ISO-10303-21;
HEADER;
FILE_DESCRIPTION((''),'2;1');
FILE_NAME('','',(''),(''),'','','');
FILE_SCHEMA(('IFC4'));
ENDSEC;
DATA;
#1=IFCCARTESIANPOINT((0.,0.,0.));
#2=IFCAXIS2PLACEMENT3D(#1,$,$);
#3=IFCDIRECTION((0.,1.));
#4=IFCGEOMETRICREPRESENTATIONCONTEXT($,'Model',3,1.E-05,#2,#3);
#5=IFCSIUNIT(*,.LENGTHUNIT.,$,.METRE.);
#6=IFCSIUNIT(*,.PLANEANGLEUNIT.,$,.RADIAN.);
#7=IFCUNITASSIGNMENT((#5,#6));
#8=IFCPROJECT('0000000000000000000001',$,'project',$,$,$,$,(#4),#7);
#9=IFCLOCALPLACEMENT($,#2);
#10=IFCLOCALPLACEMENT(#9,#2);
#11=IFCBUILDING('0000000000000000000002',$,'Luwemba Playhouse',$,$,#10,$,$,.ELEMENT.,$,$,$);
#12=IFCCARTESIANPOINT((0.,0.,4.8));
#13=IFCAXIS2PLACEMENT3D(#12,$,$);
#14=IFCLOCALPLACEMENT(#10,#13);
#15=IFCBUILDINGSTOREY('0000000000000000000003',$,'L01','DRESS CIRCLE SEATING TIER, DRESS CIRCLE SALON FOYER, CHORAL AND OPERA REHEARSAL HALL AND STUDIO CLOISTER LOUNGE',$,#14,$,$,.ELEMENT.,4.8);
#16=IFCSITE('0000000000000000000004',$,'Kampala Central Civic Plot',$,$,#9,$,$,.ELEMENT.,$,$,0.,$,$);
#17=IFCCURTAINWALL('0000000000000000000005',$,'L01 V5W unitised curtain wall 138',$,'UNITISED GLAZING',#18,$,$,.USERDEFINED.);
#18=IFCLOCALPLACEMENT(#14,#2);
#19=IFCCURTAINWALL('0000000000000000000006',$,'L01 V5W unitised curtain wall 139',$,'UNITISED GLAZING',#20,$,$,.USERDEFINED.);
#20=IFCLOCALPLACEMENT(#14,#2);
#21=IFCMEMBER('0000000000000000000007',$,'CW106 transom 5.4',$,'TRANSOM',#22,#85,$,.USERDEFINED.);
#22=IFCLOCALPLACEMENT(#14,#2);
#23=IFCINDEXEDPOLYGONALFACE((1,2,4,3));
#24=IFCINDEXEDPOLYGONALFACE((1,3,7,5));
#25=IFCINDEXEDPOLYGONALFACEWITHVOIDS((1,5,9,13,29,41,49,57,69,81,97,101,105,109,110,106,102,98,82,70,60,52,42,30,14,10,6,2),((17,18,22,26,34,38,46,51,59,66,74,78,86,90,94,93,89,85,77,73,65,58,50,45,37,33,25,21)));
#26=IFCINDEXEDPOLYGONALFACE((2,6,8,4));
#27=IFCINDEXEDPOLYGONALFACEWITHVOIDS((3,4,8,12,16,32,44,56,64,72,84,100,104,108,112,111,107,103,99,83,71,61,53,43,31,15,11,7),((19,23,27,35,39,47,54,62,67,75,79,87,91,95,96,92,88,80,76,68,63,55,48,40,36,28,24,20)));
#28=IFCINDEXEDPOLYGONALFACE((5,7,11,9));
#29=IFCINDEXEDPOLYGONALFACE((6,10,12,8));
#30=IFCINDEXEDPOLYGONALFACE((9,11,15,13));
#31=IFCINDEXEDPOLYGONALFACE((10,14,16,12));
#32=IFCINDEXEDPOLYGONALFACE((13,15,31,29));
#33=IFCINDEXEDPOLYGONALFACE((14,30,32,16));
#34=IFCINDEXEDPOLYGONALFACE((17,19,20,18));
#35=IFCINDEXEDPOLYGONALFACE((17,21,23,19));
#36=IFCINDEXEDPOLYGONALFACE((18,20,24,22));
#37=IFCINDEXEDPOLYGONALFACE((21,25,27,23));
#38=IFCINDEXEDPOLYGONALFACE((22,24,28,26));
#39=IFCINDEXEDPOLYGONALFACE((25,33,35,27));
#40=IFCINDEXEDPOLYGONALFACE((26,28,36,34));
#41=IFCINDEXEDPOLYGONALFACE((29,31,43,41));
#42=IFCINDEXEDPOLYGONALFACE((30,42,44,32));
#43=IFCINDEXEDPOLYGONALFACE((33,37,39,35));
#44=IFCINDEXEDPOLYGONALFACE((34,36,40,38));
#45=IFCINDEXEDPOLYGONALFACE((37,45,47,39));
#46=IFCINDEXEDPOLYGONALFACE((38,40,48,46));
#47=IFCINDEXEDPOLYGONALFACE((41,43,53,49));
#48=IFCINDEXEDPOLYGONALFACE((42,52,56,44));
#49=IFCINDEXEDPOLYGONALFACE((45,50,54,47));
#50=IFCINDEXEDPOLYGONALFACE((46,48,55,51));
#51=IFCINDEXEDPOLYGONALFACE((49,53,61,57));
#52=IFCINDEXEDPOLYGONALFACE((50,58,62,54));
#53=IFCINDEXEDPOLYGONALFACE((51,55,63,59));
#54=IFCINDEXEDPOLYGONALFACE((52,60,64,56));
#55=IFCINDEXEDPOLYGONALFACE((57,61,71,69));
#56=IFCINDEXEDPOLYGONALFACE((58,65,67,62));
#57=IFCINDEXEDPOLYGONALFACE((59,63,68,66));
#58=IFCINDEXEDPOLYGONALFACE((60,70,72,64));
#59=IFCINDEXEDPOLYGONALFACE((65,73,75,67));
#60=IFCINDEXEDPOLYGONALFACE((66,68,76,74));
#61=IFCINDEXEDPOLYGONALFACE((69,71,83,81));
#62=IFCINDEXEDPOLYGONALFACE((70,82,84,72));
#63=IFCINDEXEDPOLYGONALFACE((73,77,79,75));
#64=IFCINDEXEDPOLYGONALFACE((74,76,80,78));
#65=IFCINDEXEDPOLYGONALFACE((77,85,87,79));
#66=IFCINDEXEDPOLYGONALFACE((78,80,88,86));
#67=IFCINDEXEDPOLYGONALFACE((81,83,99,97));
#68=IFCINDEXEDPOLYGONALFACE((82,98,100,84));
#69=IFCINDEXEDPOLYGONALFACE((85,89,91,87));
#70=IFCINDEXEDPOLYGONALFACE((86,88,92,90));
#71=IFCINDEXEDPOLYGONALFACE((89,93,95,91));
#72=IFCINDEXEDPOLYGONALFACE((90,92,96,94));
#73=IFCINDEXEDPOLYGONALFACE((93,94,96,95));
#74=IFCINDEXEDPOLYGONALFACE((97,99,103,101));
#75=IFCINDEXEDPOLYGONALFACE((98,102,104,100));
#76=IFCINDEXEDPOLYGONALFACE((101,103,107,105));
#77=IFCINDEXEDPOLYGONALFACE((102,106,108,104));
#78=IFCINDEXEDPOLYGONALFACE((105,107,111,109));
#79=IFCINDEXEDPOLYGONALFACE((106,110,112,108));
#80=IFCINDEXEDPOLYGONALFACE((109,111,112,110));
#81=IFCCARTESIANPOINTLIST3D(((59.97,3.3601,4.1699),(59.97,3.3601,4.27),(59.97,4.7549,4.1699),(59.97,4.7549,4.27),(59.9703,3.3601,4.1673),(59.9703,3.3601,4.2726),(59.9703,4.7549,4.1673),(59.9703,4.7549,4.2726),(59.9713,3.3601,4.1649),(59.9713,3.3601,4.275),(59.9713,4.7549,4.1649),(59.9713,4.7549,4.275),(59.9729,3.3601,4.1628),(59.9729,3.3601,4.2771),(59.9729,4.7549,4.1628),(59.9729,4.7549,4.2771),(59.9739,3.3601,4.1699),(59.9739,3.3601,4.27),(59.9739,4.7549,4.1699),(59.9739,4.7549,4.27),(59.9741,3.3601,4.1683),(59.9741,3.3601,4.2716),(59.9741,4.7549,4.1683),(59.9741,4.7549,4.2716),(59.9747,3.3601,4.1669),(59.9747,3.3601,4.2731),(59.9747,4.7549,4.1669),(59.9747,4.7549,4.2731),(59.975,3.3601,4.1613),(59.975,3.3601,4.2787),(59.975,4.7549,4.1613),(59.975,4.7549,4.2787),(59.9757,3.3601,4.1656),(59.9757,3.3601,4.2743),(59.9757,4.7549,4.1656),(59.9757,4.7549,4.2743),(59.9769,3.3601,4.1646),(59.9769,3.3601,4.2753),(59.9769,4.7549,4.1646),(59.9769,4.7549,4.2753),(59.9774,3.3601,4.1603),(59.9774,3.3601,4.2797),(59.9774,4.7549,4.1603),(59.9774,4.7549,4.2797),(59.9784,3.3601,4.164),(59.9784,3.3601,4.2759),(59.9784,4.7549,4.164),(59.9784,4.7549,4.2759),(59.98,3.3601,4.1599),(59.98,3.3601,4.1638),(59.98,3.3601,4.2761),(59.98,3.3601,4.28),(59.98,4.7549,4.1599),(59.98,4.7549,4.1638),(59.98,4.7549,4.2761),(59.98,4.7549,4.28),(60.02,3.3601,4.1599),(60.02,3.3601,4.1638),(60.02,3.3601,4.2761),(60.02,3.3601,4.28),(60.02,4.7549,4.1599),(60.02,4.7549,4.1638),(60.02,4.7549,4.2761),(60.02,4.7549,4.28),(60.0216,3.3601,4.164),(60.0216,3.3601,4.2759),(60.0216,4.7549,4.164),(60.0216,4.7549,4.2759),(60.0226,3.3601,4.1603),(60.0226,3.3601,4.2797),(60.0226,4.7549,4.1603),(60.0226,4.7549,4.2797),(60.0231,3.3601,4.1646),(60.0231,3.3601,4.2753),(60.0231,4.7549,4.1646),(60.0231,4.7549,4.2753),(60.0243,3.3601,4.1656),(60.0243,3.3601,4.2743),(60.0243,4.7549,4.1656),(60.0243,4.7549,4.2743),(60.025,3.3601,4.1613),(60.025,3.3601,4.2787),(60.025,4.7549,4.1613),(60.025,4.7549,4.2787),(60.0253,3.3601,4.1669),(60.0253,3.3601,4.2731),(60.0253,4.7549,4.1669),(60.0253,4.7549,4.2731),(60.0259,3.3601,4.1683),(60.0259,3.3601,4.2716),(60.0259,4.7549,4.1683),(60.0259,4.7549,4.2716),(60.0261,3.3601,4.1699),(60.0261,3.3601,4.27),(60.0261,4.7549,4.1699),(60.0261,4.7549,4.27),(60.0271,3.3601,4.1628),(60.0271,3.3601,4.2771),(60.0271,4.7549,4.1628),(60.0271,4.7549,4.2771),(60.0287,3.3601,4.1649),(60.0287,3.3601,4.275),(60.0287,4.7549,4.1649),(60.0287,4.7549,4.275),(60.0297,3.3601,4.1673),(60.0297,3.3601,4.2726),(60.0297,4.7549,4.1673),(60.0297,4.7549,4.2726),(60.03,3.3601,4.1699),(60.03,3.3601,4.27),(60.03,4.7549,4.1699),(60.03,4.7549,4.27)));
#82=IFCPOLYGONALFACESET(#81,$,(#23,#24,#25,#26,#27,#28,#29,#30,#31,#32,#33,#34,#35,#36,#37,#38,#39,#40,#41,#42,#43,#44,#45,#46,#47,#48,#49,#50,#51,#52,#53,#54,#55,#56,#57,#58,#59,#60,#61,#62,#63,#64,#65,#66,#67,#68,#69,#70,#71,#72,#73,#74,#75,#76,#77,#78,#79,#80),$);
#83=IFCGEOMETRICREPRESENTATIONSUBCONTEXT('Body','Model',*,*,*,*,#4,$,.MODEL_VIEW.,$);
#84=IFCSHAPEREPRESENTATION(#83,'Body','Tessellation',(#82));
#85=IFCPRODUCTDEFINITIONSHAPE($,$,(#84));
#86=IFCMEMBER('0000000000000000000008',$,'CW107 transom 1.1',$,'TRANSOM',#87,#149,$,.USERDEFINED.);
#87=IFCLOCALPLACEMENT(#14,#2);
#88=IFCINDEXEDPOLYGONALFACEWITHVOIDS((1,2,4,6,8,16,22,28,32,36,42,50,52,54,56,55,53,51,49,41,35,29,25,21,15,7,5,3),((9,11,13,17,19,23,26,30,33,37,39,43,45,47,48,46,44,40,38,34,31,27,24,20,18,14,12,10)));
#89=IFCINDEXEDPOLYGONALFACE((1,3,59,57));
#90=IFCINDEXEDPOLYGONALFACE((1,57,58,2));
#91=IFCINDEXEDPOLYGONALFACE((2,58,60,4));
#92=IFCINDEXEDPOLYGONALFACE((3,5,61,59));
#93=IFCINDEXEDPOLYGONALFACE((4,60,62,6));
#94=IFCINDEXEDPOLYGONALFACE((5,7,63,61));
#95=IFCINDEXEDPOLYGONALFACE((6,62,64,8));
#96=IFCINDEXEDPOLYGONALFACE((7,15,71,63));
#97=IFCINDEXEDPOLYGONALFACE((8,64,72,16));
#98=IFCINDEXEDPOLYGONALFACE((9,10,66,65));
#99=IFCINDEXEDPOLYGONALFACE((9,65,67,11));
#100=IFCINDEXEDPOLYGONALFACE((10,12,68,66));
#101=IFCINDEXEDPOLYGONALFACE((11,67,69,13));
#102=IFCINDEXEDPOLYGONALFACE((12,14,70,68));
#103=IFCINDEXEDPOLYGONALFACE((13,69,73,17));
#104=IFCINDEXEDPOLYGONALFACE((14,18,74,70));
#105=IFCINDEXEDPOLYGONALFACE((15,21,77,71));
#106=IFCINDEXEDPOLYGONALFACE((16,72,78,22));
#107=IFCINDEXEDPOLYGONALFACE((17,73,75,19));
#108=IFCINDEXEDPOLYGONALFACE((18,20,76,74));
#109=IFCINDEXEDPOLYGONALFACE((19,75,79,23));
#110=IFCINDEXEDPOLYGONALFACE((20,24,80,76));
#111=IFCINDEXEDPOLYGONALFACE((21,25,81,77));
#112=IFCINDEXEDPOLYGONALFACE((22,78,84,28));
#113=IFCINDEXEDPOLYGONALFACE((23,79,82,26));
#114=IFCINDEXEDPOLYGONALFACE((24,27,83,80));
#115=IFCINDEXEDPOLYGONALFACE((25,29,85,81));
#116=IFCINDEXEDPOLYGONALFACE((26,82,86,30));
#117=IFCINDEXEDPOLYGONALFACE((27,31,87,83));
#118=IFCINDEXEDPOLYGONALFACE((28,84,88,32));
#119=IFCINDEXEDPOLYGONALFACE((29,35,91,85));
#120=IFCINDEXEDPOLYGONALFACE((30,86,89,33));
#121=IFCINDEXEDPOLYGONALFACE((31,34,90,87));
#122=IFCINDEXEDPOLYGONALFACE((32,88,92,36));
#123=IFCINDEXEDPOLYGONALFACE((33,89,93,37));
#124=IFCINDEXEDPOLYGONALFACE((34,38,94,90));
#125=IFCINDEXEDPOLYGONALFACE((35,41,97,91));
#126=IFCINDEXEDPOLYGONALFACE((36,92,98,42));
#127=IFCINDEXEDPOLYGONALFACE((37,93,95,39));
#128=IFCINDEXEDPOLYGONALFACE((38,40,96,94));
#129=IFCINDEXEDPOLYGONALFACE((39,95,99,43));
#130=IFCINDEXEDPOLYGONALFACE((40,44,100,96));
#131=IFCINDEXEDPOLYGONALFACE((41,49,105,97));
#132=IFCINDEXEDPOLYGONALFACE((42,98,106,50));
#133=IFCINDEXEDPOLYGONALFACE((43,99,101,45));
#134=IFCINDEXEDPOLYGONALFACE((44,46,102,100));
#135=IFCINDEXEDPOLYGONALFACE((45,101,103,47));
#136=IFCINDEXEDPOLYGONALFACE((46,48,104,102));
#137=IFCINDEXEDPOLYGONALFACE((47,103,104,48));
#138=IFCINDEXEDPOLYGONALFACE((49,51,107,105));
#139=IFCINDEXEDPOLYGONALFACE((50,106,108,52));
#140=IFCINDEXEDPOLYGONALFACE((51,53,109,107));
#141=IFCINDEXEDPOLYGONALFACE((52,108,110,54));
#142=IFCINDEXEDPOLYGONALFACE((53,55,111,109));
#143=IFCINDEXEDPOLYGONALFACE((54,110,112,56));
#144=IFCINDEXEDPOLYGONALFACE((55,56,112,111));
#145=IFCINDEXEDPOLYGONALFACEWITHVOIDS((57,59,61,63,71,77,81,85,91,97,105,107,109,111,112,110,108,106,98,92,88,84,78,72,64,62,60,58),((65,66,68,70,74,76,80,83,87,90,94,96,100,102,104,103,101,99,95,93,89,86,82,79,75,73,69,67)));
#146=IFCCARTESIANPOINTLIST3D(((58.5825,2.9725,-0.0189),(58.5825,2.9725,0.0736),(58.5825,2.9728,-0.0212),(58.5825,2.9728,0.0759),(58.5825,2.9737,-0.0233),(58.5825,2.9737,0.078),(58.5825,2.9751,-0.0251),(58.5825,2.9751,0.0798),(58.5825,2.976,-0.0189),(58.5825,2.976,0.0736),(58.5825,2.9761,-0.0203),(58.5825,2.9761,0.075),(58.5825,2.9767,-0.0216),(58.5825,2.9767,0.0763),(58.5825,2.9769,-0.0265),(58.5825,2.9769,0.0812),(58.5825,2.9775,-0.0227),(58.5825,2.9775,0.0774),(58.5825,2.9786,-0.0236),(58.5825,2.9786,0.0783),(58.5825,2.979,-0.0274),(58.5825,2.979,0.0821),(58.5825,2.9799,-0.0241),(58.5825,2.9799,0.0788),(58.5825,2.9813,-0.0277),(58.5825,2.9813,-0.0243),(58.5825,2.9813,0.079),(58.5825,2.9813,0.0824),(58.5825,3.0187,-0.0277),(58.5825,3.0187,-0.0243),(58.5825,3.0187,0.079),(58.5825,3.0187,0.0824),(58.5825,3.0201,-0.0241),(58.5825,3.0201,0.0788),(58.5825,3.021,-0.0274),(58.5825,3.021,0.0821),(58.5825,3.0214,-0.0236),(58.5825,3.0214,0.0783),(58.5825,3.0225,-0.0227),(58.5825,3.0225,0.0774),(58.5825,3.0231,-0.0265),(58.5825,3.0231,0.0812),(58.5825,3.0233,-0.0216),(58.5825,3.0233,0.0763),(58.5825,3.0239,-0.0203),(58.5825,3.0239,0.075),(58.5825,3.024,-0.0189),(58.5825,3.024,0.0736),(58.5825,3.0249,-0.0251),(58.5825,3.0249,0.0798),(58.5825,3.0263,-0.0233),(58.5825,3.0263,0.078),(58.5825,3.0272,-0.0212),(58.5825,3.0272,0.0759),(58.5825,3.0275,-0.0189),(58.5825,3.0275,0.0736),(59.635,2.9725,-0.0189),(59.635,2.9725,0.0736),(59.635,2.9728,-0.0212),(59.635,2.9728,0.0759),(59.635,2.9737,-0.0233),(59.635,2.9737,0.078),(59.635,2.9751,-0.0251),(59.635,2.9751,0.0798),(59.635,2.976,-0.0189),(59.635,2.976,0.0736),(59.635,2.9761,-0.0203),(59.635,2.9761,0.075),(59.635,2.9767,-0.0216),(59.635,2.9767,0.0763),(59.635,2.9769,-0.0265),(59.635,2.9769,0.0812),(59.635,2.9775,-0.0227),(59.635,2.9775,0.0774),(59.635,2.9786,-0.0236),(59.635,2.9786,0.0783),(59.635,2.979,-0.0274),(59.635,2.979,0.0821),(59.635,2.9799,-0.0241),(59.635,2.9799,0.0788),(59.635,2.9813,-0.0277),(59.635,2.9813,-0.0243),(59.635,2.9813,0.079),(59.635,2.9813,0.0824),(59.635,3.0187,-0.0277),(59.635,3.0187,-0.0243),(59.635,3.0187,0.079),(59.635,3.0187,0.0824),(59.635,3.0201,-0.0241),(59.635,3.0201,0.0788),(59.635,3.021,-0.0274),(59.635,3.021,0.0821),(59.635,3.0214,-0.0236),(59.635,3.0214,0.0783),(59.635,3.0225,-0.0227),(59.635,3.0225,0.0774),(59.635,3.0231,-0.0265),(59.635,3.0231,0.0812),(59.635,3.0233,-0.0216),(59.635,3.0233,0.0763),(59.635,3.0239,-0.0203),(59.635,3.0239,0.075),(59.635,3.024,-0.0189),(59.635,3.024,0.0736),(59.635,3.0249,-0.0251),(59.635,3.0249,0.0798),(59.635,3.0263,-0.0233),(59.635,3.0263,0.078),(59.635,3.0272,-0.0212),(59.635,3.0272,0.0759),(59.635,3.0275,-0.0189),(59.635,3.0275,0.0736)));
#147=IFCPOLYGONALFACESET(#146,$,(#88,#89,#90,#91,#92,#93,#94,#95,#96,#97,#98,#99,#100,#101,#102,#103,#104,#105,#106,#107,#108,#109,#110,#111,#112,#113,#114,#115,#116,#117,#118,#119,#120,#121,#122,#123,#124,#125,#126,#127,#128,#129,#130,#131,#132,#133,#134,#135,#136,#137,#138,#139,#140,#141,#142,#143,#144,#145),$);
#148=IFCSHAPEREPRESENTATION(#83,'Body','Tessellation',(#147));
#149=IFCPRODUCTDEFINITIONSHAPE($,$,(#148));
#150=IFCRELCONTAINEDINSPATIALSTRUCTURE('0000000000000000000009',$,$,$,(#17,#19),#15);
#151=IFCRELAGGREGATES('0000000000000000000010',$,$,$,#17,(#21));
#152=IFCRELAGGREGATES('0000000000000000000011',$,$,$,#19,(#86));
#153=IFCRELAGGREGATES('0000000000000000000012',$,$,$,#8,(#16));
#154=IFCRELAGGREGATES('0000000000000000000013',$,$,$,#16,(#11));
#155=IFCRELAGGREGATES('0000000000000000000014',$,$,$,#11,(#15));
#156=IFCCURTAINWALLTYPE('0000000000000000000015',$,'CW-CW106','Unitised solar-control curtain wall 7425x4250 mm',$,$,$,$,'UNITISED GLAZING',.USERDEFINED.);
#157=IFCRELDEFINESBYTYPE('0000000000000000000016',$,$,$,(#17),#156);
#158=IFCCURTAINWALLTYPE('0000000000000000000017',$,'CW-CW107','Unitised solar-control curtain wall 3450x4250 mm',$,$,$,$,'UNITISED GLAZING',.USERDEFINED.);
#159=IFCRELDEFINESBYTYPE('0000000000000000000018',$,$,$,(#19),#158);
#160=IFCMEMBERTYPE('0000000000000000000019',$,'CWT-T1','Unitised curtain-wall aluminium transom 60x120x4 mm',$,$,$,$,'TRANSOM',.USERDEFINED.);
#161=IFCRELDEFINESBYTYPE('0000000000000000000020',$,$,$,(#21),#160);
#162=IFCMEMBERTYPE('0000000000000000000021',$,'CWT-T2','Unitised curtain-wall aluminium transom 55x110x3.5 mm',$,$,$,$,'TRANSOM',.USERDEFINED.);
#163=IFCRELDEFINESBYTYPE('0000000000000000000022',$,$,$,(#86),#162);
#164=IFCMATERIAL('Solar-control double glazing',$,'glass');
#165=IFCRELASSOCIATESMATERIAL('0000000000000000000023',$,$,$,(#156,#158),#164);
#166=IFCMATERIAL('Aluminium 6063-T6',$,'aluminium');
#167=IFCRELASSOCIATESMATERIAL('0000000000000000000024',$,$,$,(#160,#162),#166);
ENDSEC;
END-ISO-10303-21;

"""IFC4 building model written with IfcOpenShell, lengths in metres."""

from ifc_helpers import new_model, si_unit, direction, frame, origin, origin_2d, place, context, subcontext, project, spatial, hollow_rectangle, extrude, material, material_profile, profile_set, type_object, element, aggregate, save


model = new_model("IFC4")

# Units and contexts
model_context = context("Model", 3, precision=1e-05, world=origin(), true_north=direction((0.0, 1.0)))
body_context = subcontext(model_context, "Body", "Model", "MODEL_VIEW")
ifc_project = project(units=[si_unit("LENGTHUNIT", "METRE"), si_unit("PLANEANGLEUNIT", "RADIAN")], contexts=[model_context])

# Site, building, storey
site_placement = place(None, origin())
site = spatial("IfcSite", under=ifc_project, at=site_placement, Name="Kampala Central Civic Plot", CompositionType="ELEMENT", RefElevation=0.0)
building_placement = place(site_placement, origin())
building = spatial("IfcBuilding", under=site, at=building_placement, Name="Luwemba Playhouse", CompositionType="ELEMENT")
storey_placement = place(building_placement, frame((0.0, 0.0, 4.8)))
storey = spatial("IfcBuildingStorey", under=building, at=storey_placement, Name="L01", Description="DRESS CIRCLE SEATING TIER, DRESS CIRCLE SALON FOYER, CHORAL AND OPERA REHEARSAL HALL AND STUDIO CLOISTER LOUNGE", CompositionType="ELEMENT", Elevation=4.8)

# Curtain walls
ifc_material_1 = material(Name="Solar-control double glazing", Category="glass")
curtain_wall_type_1 = type_object("IfcCurtainWallType", Name="CW-CW106", Description="Unitised solar-control curtain wall 7425x4250 mm", ElementType="UNITISED GLAZING", PredefinedType="USERDEFINED", material=ifc_material_1)
curtain_wall_1_placement = place(storey_placement, origin())
curtain_wall_1 = element("IfcCurtainWall", 1, at=curtain_wall_1_placement, inside=storey, type_object=curtain_wall_type_1, Name="L01 V5W unitised curtain wall 138", ObjectType="UNITISED GLAZING", PredefinedType="USERDEFINED")
ifc_material_2 = material(Name="Aluminium 6063-T6", Category="aluminium")
curtain_wall_type_2 = type_object("IfcCurtainWallType", Name="CW-CW107", Description="Unitised solar-control curtain wall 3450x4250 mm", ElementType="UNITISED GLAZING", PredefinedType="USERDEFINED", material=ifc_material_1)
curtain_wall_2_placement = place(storey_placement, origin())
curtain_wall_2 = element("IfcCurtainWall", 2, at=curtain_wall_2_placement, inside=storey, type_object=curtain_wall_type_2, Name="L01 V5W unitised curtain wall 139", ObjectType="UNITISED GLAZING", PredefinedType="USERDEFINED")

# Members
ifc_material_profile_1 = material_profile(ifc_material_2, hollow_rectangle(XDim=0.0601, YDim=0.1201, WallThickness=0.0039, InnerFilletRadius=0.0061, OuterFilletRadius=0.01, at=origin_2d()))
ifc_profile_set_1 = profile_set([ifc_material_profile_1], Name="Aluminium 6063-T6")
member_type_1 = type_object("IfcMemberType", Name="CWT-T1", Description="Unitised curtain-wall aluminium transom 60x120x4 mm", ElementType="TRANSOM", PredefinedType="USERDEFINED", material=ifc_profile_set_1)
member_1_placement = place(storey_placement, frame((60.0, 4.7549, 4.22), z_axis=(0.0, -1.0, 0.0), x_axis=(1.0, 0.0, 0.0)))
member_1 = element("IfcMember", 3, at=member_1_placement, type_object=member_type_1, Name="CW106 transom 5.4", ObjectType="TRANSOM", PredefinedType="USERDEFINED", context=body_context, shape_type="SweptSolid", body=[
    extrude(hollow_rectangle(XDim=0.0601, YDim=0.1201, WallThickness=0.0039, InnerFilletRadius=0.0061, OuterFilletRadius=0.01, at=origin_2d()), origin(), (0.0, 0.0, 1.0), 1.3948),
])
ifc_material_profile_2 = material_profile(ifc_material_2, hollow_rectangle(XDim=0.0549, YDim=0.1101, WallThickness=0.0034, InnerFilletRadius=0.0054, OuterFilletRadius=0.0088, at=origin_2d()))
ifc_profile_set_2 = profile_set([ifc_material_profile_2], Name="Aluminium 6063-T6")
member_type_2 = type_object("IfcMemberType", Name="CWT-T2", Description="Unitised curtain-wall aluminium transom 55x110x3.5 mm", ElementType="TRANSOM", PredefinedType="USERDEFINED", material=ifc_profile_set_2)
member_2_placement = place(storey_placement, frame((59.635, 3.0, 0.0273), z_axis=(-1.0, 0.0, 0.0), x_axis=(0.0, -1.0, 0.0)))
member_2 = element("IfcMember", 4, at=member_2_placement, type_object=member_type_2, Name="CW107 transom 1.1", ObjectType="TRANSOM", PredefinedType="USERDEFINED", context=body_context, shape_type="SweptSolid", body=[
    extrude(hollow_rectangle(XDim=0.0549, YDim=0.1101, WallThickness=0.0034, InnerFilletRadius=0.0054, OuterFilletRadius=0.0088, at=origin_2d()), origin(), (0.0, 0.0, 1.0), 1.0525),
])

aggregate(curtain_wall_1, [member_1])
aggregate(curtain_wall_2, [member_2])

save(model, "model.ifc")
